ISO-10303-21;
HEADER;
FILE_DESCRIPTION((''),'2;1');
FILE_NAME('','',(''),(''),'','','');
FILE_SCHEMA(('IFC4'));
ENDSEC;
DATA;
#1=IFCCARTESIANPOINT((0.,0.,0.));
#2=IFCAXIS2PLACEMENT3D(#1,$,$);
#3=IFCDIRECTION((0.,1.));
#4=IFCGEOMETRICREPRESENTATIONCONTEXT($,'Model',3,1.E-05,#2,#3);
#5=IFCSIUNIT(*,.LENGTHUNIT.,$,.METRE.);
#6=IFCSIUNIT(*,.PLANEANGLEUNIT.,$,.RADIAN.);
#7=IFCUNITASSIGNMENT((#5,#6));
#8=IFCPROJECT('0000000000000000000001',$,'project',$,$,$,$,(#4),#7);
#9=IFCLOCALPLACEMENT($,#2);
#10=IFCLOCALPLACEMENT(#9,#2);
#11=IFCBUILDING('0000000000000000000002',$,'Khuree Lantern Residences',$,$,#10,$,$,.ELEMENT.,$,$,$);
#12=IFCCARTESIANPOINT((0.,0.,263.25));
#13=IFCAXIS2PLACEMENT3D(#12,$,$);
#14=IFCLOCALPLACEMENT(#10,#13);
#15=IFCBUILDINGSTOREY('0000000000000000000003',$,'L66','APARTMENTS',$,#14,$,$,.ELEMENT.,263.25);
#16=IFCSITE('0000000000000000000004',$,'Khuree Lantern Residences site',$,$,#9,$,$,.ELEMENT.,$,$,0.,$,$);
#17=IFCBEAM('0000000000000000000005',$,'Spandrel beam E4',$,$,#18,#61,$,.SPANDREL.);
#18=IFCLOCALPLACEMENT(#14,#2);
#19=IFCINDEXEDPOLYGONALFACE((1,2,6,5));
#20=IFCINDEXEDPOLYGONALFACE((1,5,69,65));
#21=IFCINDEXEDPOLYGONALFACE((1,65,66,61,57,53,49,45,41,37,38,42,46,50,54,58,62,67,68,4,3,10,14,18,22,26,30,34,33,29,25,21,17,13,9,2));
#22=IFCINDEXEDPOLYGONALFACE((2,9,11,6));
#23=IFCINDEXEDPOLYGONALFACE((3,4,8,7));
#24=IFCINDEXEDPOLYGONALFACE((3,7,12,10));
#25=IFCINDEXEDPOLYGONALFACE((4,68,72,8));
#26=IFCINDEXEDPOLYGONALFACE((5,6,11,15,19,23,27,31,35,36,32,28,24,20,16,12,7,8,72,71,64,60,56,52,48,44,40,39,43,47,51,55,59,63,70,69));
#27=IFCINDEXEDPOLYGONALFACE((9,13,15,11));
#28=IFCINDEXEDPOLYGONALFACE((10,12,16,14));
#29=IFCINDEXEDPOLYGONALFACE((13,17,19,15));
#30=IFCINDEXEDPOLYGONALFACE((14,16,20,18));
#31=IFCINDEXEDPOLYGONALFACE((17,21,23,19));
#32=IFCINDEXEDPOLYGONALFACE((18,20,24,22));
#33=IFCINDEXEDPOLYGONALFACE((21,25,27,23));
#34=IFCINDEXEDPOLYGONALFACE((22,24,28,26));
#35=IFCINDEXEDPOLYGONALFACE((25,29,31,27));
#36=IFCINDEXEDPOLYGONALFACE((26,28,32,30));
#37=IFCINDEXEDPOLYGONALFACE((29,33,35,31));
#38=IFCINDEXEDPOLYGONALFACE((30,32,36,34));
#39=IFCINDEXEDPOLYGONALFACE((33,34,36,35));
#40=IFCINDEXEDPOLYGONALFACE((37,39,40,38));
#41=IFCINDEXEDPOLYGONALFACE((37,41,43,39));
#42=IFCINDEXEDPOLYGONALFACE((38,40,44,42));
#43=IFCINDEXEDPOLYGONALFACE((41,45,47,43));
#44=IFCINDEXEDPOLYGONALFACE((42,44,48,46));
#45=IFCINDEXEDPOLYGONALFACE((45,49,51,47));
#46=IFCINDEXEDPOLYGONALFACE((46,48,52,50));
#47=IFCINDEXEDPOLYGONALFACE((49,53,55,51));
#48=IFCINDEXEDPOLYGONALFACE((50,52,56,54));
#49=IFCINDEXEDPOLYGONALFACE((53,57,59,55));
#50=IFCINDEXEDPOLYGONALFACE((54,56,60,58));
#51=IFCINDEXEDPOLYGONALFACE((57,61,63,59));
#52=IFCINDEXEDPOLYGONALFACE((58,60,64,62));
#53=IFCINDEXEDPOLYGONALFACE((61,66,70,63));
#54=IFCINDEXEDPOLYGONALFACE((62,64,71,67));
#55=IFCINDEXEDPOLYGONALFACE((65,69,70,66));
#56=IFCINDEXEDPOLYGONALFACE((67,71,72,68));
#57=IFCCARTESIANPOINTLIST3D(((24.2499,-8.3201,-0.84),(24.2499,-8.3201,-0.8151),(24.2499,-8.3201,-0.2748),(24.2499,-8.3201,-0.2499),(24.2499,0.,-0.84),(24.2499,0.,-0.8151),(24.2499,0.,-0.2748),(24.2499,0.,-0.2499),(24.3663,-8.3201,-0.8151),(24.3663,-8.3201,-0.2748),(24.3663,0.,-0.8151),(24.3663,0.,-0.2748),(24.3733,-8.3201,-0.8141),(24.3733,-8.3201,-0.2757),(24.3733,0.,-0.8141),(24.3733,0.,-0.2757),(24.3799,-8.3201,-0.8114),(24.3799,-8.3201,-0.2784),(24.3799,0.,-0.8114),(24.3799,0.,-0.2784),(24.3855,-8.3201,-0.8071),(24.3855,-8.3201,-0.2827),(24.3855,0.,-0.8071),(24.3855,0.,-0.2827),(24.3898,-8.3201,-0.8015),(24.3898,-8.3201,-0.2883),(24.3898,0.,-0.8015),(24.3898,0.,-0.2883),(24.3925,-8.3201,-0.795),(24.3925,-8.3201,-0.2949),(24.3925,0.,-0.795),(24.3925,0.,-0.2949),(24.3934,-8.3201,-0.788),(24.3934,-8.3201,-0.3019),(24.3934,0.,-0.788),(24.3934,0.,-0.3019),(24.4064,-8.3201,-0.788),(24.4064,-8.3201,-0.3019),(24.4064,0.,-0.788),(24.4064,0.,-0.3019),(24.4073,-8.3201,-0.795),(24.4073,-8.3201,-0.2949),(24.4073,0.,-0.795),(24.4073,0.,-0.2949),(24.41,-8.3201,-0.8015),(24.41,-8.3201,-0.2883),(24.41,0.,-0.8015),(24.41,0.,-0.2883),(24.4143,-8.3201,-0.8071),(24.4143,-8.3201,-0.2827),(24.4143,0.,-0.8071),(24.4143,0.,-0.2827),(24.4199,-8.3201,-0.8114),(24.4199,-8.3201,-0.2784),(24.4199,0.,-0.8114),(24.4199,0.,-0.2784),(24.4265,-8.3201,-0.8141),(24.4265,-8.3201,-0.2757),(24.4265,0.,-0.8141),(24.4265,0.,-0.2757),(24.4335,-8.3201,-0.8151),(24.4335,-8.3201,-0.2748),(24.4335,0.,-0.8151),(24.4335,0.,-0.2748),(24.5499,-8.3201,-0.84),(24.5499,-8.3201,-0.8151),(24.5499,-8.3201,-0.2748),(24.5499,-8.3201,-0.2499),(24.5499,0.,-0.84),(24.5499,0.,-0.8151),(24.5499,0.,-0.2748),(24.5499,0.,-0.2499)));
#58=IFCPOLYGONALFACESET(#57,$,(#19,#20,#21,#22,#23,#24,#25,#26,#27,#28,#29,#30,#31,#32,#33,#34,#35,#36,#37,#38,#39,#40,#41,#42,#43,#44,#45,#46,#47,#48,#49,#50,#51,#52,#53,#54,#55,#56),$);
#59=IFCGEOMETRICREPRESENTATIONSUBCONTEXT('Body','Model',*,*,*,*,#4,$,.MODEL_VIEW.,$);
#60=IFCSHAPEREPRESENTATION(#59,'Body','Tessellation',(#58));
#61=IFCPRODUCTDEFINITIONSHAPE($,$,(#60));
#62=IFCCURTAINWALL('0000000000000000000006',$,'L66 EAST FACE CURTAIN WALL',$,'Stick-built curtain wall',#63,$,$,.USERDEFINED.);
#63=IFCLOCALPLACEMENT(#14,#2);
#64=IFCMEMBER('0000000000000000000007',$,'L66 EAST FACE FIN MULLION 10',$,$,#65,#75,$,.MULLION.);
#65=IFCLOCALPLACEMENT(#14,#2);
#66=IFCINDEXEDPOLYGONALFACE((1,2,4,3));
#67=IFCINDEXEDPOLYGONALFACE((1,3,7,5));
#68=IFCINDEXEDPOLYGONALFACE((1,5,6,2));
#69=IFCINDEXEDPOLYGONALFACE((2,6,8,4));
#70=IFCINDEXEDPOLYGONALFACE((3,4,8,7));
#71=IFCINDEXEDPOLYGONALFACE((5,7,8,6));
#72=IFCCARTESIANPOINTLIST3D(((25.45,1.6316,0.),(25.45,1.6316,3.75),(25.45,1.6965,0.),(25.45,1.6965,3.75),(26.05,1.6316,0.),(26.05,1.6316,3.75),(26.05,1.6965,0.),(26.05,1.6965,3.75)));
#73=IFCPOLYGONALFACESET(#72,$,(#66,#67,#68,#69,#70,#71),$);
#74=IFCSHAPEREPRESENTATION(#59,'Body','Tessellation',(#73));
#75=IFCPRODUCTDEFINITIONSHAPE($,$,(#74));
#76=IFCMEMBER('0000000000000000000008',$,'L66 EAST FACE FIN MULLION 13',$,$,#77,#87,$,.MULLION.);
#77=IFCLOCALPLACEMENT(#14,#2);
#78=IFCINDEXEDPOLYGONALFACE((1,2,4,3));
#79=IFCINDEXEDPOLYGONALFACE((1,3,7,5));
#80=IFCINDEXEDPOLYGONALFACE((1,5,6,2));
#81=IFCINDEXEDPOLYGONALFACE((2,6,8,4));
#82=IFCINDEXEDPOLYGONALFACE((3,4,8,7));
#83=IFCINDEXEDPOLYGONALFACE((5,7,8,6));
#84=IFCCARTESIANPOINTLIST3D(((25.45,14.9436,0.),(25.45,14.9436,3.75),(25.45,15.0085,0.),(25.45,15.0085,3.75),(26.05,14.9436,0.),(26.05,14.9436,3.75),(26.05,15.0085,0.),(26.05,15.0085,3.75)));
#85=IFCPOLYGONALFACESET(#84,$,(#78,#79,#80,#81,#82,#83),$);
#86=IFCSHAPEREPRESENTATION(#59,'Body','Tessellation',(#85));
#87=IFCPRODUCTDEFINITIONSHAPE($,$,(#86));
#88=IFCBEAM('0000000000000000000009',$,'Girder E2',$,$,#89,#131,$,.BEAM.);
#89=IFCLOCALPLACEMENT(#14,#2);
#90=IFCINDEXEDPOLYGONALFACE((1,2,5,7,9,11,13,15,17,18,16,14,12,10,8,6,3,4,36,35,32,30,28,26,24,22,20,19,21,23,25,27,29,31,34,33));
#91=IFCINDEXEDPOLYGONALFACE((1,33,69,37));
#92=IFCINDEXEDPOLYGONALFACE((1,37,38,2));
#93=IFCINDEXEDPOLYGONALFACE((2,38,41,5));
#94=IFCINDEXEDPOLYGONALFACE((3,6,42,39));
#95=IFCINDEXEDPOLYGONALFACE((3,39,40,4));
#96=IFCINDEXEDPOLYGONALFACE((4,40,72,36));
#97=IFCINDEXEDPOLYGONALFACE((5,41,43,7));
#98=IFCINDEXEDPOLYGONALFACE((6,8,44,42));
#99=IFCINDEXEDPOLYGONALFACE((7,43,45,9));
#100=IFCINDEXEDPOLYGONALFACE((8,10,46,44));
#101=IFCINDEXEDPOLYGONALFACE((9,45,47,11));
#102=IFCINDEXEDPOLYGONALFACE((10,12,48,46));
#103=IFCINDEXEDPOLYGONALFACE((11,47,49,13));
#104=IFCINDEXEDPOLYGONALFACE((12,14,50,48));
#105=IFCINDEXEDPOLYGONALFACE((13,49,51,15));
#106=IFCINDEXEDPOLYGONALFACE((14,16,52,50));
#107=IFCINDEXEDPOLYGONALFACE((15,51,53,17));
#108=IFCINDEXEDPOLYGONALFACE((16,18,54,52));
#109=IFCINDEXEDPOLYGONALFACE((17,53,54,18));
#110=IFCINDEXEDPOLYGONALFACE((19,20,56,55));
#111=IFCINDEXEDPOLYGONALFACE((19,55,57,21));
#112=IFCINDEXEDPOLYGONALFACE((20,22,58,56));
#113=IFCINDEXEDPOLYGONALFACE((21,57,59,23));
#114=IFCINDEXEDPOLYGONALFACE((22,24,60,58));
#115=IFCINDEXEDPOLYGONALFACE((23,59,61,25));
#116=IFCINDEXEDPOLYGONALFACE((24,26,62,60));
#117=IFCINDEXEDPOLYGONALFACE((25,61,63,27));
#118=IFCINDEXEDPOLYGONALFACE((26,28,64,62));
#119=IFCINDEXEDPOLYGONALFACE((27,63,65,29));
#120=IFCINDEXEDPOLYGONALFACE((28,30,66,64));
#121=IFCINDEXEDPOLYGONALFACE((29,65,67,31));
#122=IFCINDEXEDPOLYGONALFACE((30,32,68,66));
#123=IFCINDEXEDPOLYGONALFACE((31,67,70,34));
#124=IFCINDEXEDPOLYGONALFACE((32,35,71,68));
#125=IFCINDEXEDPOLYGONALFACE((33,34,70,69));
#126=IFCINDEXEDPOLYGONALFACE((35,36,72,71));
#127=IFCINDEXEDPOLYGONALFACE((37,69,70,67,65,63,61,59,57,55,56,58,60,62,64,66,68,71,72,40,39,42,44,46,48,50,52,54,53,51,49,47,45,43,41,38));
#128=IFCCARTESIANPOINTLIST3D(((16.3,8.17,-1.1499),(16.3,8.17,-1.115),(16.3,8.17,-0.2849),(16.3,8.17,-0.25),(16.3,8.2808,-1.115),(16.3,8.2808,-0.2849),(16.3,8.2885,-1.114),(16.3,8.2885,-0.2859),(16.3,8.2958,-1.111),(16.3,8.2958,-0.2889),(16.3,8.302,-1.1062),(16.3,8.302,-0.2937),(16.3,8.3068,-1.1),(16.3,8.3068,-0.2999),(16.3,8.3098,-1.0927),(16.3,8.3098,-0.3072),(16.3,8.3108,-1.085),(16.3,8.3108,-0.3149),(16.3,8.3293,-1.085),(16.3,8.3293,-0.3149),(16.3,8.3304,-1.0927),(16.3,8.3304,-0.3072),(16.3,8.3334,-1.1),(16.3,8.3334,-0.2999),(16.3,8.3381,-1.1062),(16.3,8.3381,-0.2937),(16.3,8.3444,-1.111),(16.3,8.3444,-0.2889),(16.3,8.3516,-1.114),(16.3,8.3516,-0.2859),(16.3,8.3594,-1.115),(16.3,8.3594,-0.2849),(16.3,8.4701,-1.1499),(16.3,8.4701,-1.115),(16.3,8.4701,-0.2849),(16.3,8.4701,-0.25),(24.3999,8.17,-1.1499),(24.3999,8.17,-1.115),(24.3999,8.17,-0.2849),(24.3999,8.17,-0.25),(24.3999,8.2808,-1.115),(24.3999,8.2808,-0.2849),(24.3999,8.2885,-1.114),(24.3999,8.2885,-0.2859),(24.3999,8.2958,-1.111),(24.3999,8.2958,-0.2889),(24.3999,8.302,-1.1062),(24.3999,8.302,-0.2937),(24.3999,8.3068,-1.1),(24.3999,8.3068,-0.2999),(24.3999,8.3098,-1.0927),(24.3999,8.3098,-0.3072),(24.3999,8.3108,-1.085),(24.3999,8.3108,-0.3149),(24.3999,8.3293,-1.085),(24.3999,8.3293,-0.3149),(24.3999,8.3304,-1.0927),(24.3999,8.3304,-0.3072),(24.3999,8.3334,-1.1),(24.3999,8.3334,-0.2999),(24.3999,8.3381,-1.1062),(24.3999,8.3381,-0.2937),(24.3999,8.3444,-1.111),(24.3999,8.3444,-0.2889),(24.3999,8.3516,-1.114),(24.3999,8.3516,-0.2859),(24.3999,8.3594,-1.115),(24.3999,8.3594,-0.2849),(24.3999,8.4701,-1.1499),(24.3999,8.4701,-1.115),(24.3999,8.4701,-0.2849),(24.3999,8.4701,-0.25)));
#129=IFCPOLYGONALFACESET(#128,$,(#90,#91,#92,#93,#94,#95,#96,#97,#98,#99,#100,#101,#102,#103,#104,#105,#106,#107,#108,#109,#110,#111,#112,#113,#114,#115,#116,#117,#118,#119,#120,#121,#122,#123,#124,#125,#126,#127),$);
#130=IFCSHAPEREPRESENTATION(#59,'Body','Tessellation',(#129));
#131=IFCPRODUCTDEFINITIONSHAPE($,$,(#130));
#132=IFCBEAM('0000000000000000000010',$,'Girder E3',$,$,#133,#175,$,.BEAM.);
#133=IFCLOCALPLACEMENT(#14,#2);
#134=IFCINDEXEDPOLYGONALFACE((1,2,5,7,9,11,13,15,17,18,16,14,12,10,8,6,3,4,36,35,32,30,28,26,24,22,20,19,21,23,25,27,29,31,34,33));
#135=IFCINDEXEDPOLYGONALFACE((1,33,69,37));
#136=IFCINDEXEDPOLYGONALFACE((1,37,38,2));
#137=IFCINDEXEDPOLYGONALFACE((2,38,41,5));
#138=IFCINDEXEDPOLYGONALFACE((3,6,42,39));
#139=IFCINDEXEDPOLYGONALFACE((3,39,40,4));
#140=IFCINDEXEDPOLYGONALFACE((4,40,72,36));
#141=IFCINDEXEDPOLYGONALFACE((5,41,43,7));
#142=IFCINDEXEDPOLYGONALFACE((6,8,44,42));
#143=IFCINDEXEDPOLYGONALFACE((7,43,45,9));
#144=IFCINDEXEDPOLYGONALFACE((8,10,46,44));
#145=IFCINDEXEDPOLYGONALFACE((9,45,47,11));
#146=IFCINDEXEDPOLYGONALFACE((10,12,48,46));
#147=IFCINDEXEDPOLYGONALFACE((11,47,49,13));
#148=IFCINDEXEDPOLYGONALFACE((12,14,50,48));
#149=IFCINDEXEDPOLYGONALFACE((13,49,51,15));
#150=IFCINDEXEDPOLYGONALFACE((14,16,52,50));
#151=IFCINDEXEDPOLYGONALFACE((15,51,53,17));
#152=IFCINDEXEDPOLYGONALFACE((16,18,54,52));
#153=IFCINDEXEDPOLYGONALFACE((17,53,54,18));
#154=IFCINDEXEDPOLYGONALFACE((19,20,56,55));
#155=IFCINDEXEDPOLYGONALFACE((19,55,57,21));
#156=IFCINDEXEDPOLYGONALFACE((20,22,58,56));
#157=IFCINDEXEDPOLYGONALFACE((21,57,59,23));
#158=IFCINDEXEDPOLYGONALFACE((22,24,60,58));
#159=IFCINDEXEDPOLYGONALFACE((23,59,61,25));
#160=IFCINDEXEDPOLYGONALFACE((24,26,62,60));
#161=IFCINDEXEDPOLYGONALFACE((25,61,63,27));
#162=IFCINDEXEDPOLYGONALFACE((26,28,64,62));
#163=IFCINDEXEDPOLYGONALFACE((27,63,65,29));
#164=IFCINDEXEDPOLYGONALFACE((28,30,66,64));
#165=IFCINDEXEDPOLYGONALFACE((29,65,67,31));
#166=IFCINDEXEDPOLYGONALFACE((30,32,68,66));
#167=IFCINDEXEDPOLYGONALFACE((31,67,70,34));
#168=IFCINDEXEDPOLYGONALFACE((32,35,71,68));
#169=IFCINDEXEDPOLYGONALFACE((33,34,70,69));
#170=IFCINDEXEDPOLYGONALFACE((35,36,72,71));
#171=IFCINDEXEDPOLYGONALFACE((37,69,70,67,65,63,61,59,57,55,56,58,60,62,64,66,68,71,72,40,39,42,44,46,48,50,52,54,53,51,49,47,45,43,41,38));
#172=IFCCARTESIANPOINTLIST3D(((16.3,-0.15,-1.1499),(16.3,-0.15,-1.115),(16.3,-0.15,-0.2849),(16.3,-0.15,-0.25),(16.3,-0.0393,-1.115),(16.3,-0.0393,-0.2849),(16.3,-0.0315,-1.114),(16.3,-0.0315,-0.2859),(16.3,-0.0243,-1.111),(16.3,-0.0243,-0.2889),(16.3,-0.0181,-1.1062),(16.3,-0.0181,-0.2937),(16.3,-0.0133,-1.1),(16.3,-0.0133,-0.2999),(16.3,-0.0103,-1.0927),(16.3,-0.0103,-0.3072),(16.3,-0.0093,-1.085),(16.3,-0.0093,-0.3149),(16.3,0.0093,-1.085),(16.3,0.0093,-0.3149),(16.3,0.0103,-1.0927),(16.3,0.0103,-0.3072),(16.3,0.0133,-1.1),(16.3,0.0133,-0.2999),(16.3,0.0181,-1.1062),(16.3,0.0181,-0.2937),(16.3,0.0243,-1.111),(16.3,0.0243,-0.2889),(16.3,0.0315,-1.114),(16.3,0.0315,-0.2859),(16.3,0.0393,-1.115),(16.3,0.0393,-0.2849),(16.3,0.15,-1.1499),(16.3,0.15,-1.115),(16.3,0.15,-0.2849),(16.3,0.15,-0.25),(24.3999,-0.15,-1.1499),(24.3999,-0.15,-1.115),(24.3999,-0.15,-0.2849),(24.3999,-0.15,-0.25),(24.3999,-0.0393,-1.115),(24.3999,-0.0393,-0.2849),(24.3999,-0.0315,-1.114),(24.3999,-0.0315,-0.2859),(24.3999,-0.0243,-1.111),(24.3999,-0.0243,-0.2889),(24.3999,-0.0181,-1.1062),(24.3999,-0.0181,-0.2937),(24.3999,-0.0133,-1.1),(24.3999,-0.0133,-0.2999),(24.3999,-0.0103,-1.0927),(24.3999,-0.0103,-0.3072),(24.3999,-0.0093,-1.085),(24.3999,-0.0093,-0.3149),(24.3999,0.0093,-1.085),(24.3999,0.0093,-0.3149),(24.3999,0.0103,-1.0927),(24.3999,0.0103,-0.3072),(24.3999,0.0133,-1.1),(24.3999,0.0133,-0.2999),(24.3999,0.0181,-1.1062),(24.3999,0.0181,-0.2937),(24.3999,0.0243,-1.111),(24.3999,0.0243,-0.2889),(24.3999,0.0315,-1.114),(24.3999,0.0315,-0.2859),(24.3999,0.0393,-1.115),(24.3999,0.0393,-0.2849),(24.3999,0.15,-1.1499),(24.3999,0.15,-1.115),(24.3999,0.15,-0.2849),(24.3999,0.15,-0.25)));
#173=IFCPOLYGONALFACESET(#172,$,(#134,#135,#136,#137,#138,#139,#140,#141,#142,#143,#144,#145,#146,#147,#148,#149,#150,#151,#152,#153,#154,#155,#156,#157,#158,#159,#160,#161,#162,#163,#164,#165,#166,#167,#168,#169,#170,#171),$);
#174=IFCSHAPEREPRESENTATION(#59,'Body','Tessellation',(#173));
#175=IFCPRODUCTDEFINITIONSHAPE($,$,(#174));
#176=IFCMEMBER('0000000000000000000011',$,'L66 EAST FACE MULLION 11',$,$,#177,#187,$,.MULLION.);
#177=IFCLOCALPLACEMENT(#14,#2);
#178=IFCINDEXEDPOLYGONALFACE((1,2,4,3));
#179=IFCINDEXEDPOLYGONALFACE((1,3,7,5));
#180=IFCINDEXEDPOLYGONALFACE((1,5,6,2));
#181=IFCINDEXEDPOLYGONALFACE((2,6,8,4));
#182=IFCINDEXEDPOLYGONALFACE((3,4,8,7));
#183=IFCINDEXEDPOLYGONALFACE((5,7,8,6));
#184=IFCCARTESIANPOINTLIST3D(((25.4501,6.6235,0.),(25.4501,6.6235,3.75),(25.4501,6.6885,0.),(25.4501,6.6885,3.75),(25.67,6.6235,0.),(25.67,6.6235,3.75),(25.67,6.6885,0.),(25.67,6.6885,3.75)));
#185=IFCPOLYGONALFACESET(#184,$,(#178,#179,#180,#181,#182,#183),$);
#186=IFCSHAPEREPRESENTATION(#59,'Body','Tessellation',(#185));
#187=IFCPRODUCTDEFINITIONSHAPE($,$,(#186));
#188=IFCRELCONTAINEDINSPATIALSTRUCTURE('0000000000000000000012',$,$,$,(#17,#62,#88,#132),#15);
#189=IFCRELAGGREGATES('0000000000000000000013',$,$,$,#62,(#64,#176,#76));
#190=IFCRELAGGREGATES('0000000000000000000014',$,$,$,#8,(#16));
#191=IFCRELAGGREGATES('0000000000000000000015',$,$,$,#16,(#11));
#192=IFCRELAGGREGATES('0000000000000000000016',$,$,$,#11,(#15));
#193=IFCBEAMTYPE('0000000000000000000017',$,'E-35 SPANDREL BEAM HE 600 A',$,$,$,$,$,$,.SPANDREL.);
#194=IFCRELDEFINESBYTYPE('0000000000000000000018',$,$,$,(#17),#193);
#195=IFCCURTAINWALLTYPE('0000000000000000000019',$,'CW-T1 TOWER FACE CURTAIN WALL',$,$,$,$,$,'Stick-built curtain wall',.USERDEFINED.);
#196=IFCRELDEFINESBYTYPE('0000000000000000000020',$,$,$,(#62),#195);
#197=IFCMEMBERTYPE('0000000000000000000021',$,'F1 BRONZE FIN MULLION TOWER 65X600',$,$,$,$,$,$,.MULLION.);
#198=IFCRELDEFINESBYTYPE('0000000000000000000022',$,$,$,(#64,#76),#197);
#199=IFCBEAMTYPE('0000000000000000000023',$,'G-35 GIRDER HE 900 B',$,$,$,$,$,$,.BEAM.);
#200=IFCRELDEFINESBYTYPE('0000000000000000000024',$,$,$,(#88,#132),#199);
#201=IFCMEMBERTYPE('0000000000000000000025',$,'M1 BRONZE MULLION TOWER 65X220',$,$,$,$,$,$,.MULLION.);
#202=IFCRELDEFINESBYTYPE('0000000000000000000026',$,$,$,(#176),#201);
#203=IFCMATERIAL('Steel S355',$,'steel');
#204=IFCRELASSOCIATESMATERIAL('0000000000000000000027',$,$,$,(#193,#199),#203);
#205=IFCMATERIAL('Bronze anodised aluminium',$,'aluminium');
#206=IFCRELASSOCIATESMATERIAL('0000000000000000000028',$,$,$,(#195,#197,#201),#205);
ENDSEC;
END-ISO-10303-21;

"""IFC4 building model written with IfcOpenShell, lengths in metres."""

from ifc_helpers import new_model, si_unit, direction, frame, origin, origin_2d, place, context, subcontext, project, spatial, rectangle, i_section, extrude, material, material_profile, profile_set, type_object, element, aggregate, save


model = new_model("IFC4")

# Units and contexts
model_context = context("Model", 3, precision=1e-05, world=origin(), true_north=direction((0.0, 1.0)))
body_context = subcontext(model_context, "Body", "Model", "MODEL_VIEW")
ifc_project = project(units=[si_unit("LENGTHUNIT", "METRE"), si_unit("PLANEANGLEUNIT", "RADIAN")], contexts=[model_context])

# Site, building, storey
site_placement = place(None, origin())
site = spatial("IfcSite", under=ifc_project, at=site_placement, Name="Khuree Lantern Residences site", CompositionType="ELEMENT", RefElevation=0.0)
building_placement = place(site_placement, origin())
building = spatial("IfcBuilding", under=site, at=building_placement, Name="Khuree Lantern Residences", CompositionType="ELEMENT")
storey_placement = place(building_placement, frame((0.0, 0.0, 263.25)))
storey = spatial("IfcBuildingStorey", under=building, at=storey_placement, Name="L66", Description="APARTMENTS", CompositionType="ELEMENT", Elevation=263.25)

# Beam
ifc_material_1 = material(Name="Steel S355", Category="steel")
ifc_material_profile_1 = material_profile(ifc_material_1, i_section(OverallWidth=0.3, OverallDepth=0.5901, WebThickness=0.0129, FlangeThickness=0.0249, FilletRadius=0.0271, at=origin_2d()), Name="HE 600 A")
ifc_profile_set_1 = profile_set([ifc_material_profile_1], Name="Steel S355")
beam_type_1 = type_object("IfcBeamType", Name="E-35 SPANDREL BEAM HE 600 A", PredefinedType="SPANDREL", material=ifc_profile_set_1)
for number, where, z_axis, x_axis, name in (
    (1, (24.3999, 0.0, -0.5449), (0.0, -1.0, 0.0), (1.0, 0.0, 0.0), "Spandrel beam E4"),
):
    element("IfcBeam", number, at=place(storey_placement, frame(where, z_axis=z_axis, x_axis=x_axis)), inside=storey, type_object=beam_type_1, Name=name, PredefinedType="SPANDREL", context=body_context, shape_type="SweptSolid", body=[
        extrude(i_section(OverallWidth=0.3, OverallDepth=0.5901, WebThickness=0.0129, FlangeThickness=0.0249, FilletRadius=0.0271, at=origin_2d()), origin(), (0.0, 0.0, 1.0), 8.3201),
    ])

# Curtain wall, members
ifc_material_2 = material(Name="Bronze anodised aluminium", Category="aluminium")
curtain_wall_type = type_object("IfcCurtainWallType", Name="CW-T1 TOWER FACE CURTAIN WALL", ElementType="Stick-built curtain wall", PredefinedType="USERDEFINED", material=ifc_material_2)
curtain_wall_placement = place(storey_placement, origin())
curtain_wall = element("IfcCurtainWall", 2, at=curtain_wall_placement, inside=storey, type_object=curtain_wall_type, Name="L66 EAST FACE CURTAIN WALL", ObjectType="Stick-built curtain wall", PredefinedType="USERDEFINED")
ifc_material_profile_2 = material_profile(ifc_material_2, rectangle(XDim=0.0649, YDim=0.6001, at=origin_2d()), Name="F1 65X600")
ifc_profile_set_2 = profile_set([ifc_material_profile_2], Name="Bronze anodised aluminium")
member_type_1 = type_object("IfcMemberType", Name="F1 BRONZE FIN MULLION TOWER 65X600", PredefinedType="MULLION", material=ifc_profile_set_2)
member_1_placement = place(storey_placement, frame((25.75, 1.6641, 0.0), z_axis=(0.0, 0.0, 1.0), x_axis=(0.0, 1.0, 0.0)))
member_1 = element("IfcMember", 3, at=member_1_placement, type_object=member_type_1, Name="L66 EAST FACE FIN MULLION 10", PredefinedType="MULLION", context=body_context, shape_type="SweptSolid", body=[
    extrude(rectangle(XDim=0.0649, YDim=0.6001, at=origin_2d()), origin(), (0.0, 0.0, 1.0), 3.75),
])
member_2_placement = place(storey_placement, frame((25.75, 14.9761, 0.0), z_axis=(0.0, 0.0, 1.0), x_axis=(0.0, 1.0, 0.0)))
member_2 = element("IfcMember", 4, at=member_2_placement, type_object=member_type_1, Name="L66 EAST FACE FIN MULLION 13", PredefinedType="MULLION", context=body_context, shape_type="SweptSolid", body=[
    extrude(rectangle(XDim=0.0649, YDim=0.6001, at=origin_2d()), origin(), (0.0, 0.0, 1.0), 3.75),
])

# Beams
ifc_material_profile_3 = material_profile(ifc_material_1, i_section(OverallWidth=0.3, OverallDepth=0.8999, WebThickness=0.0186, FlangeThickness=0.0349, FilletRadius=0.03, at=origin_2d()), Name="HE 900 B")
ifc_profile_set_3 = profile_set([ifc_material_profile_3], Name="Steel S355")
beam_type_2 = type_object("IfcBeamType", Name="G-35 GIRDER HE 900 B", PredefinedType="BEAM", material=ifc_profile_set_3)
for number, where, z_axis, x_axis, name in (
    (5, (24.3999, 8.3201, -0.7), (-1.0, 0.0, 0.0), (0.0, -1.0, 0.0), "Girder E2"),
    (6, (24.3999, 0.0, -0.7), (-1.0, 0.0, 0.0), (0.0, -1.0, 0.0), "Girder E3"),
):
    element("IfcBeam", number, at=place(storey_placement, frame(where, z_axis=z_axis, x_axis=x_axis)), inside=storey, type_object=beam_type_2, Name=name, PredefinedType="BEAM", context=body_context, shape_type="SweptSolid", body=[
        extrude(i_section(OverallWidth=0.3, OverallDepth=0.8999, WebThickness=0.0186, FlangeThickness=0.0349, FilletRadius=0.03, at=origin_2d()), origin(), (0.0, 0.0, 1.0), 8.0999),
    ])

# Member
ifc_material_profile_4 = material_profile(ifc_material_2, rectangle(XDim=0.0649, YDim=0.22, at=origin_2d()), Name="M1 65X220")
ifc_profile_set_4 = profile_set([ifc_material_profile_4], Name="Bronze anodised aluminium")
member_type_2 = type_object("IfcMemberType", Name="M1 BRONZE MULLION TOWER 65X220", PredefinedType="MULLION", material=ifc_profile_set_4)
member_3_placement = place(storey_placement, frame((25.5601, 6.656, 0.0), z_axis=(0.0, 0.0, 1.0), x_axis=(0.0, 1.0, 0.0)))
member_3 = element("IfcMember", 7, at=member_3_placement, type_object=member_type_2, Name="L66 EAST FACE MULLION 11", PredefinedType="MULLION", context=body_context, shape_type="SweptSolid", body=[
    extrude(rectangle(XDim=0.0649, YDim=0.22, at=origin_2d()), origin(), (0.0, 0.0, 1.0), 3.75),
])

aggregate(curtain_wall, [member_1, member_3, member_2])

save(model, "model.ifc")
